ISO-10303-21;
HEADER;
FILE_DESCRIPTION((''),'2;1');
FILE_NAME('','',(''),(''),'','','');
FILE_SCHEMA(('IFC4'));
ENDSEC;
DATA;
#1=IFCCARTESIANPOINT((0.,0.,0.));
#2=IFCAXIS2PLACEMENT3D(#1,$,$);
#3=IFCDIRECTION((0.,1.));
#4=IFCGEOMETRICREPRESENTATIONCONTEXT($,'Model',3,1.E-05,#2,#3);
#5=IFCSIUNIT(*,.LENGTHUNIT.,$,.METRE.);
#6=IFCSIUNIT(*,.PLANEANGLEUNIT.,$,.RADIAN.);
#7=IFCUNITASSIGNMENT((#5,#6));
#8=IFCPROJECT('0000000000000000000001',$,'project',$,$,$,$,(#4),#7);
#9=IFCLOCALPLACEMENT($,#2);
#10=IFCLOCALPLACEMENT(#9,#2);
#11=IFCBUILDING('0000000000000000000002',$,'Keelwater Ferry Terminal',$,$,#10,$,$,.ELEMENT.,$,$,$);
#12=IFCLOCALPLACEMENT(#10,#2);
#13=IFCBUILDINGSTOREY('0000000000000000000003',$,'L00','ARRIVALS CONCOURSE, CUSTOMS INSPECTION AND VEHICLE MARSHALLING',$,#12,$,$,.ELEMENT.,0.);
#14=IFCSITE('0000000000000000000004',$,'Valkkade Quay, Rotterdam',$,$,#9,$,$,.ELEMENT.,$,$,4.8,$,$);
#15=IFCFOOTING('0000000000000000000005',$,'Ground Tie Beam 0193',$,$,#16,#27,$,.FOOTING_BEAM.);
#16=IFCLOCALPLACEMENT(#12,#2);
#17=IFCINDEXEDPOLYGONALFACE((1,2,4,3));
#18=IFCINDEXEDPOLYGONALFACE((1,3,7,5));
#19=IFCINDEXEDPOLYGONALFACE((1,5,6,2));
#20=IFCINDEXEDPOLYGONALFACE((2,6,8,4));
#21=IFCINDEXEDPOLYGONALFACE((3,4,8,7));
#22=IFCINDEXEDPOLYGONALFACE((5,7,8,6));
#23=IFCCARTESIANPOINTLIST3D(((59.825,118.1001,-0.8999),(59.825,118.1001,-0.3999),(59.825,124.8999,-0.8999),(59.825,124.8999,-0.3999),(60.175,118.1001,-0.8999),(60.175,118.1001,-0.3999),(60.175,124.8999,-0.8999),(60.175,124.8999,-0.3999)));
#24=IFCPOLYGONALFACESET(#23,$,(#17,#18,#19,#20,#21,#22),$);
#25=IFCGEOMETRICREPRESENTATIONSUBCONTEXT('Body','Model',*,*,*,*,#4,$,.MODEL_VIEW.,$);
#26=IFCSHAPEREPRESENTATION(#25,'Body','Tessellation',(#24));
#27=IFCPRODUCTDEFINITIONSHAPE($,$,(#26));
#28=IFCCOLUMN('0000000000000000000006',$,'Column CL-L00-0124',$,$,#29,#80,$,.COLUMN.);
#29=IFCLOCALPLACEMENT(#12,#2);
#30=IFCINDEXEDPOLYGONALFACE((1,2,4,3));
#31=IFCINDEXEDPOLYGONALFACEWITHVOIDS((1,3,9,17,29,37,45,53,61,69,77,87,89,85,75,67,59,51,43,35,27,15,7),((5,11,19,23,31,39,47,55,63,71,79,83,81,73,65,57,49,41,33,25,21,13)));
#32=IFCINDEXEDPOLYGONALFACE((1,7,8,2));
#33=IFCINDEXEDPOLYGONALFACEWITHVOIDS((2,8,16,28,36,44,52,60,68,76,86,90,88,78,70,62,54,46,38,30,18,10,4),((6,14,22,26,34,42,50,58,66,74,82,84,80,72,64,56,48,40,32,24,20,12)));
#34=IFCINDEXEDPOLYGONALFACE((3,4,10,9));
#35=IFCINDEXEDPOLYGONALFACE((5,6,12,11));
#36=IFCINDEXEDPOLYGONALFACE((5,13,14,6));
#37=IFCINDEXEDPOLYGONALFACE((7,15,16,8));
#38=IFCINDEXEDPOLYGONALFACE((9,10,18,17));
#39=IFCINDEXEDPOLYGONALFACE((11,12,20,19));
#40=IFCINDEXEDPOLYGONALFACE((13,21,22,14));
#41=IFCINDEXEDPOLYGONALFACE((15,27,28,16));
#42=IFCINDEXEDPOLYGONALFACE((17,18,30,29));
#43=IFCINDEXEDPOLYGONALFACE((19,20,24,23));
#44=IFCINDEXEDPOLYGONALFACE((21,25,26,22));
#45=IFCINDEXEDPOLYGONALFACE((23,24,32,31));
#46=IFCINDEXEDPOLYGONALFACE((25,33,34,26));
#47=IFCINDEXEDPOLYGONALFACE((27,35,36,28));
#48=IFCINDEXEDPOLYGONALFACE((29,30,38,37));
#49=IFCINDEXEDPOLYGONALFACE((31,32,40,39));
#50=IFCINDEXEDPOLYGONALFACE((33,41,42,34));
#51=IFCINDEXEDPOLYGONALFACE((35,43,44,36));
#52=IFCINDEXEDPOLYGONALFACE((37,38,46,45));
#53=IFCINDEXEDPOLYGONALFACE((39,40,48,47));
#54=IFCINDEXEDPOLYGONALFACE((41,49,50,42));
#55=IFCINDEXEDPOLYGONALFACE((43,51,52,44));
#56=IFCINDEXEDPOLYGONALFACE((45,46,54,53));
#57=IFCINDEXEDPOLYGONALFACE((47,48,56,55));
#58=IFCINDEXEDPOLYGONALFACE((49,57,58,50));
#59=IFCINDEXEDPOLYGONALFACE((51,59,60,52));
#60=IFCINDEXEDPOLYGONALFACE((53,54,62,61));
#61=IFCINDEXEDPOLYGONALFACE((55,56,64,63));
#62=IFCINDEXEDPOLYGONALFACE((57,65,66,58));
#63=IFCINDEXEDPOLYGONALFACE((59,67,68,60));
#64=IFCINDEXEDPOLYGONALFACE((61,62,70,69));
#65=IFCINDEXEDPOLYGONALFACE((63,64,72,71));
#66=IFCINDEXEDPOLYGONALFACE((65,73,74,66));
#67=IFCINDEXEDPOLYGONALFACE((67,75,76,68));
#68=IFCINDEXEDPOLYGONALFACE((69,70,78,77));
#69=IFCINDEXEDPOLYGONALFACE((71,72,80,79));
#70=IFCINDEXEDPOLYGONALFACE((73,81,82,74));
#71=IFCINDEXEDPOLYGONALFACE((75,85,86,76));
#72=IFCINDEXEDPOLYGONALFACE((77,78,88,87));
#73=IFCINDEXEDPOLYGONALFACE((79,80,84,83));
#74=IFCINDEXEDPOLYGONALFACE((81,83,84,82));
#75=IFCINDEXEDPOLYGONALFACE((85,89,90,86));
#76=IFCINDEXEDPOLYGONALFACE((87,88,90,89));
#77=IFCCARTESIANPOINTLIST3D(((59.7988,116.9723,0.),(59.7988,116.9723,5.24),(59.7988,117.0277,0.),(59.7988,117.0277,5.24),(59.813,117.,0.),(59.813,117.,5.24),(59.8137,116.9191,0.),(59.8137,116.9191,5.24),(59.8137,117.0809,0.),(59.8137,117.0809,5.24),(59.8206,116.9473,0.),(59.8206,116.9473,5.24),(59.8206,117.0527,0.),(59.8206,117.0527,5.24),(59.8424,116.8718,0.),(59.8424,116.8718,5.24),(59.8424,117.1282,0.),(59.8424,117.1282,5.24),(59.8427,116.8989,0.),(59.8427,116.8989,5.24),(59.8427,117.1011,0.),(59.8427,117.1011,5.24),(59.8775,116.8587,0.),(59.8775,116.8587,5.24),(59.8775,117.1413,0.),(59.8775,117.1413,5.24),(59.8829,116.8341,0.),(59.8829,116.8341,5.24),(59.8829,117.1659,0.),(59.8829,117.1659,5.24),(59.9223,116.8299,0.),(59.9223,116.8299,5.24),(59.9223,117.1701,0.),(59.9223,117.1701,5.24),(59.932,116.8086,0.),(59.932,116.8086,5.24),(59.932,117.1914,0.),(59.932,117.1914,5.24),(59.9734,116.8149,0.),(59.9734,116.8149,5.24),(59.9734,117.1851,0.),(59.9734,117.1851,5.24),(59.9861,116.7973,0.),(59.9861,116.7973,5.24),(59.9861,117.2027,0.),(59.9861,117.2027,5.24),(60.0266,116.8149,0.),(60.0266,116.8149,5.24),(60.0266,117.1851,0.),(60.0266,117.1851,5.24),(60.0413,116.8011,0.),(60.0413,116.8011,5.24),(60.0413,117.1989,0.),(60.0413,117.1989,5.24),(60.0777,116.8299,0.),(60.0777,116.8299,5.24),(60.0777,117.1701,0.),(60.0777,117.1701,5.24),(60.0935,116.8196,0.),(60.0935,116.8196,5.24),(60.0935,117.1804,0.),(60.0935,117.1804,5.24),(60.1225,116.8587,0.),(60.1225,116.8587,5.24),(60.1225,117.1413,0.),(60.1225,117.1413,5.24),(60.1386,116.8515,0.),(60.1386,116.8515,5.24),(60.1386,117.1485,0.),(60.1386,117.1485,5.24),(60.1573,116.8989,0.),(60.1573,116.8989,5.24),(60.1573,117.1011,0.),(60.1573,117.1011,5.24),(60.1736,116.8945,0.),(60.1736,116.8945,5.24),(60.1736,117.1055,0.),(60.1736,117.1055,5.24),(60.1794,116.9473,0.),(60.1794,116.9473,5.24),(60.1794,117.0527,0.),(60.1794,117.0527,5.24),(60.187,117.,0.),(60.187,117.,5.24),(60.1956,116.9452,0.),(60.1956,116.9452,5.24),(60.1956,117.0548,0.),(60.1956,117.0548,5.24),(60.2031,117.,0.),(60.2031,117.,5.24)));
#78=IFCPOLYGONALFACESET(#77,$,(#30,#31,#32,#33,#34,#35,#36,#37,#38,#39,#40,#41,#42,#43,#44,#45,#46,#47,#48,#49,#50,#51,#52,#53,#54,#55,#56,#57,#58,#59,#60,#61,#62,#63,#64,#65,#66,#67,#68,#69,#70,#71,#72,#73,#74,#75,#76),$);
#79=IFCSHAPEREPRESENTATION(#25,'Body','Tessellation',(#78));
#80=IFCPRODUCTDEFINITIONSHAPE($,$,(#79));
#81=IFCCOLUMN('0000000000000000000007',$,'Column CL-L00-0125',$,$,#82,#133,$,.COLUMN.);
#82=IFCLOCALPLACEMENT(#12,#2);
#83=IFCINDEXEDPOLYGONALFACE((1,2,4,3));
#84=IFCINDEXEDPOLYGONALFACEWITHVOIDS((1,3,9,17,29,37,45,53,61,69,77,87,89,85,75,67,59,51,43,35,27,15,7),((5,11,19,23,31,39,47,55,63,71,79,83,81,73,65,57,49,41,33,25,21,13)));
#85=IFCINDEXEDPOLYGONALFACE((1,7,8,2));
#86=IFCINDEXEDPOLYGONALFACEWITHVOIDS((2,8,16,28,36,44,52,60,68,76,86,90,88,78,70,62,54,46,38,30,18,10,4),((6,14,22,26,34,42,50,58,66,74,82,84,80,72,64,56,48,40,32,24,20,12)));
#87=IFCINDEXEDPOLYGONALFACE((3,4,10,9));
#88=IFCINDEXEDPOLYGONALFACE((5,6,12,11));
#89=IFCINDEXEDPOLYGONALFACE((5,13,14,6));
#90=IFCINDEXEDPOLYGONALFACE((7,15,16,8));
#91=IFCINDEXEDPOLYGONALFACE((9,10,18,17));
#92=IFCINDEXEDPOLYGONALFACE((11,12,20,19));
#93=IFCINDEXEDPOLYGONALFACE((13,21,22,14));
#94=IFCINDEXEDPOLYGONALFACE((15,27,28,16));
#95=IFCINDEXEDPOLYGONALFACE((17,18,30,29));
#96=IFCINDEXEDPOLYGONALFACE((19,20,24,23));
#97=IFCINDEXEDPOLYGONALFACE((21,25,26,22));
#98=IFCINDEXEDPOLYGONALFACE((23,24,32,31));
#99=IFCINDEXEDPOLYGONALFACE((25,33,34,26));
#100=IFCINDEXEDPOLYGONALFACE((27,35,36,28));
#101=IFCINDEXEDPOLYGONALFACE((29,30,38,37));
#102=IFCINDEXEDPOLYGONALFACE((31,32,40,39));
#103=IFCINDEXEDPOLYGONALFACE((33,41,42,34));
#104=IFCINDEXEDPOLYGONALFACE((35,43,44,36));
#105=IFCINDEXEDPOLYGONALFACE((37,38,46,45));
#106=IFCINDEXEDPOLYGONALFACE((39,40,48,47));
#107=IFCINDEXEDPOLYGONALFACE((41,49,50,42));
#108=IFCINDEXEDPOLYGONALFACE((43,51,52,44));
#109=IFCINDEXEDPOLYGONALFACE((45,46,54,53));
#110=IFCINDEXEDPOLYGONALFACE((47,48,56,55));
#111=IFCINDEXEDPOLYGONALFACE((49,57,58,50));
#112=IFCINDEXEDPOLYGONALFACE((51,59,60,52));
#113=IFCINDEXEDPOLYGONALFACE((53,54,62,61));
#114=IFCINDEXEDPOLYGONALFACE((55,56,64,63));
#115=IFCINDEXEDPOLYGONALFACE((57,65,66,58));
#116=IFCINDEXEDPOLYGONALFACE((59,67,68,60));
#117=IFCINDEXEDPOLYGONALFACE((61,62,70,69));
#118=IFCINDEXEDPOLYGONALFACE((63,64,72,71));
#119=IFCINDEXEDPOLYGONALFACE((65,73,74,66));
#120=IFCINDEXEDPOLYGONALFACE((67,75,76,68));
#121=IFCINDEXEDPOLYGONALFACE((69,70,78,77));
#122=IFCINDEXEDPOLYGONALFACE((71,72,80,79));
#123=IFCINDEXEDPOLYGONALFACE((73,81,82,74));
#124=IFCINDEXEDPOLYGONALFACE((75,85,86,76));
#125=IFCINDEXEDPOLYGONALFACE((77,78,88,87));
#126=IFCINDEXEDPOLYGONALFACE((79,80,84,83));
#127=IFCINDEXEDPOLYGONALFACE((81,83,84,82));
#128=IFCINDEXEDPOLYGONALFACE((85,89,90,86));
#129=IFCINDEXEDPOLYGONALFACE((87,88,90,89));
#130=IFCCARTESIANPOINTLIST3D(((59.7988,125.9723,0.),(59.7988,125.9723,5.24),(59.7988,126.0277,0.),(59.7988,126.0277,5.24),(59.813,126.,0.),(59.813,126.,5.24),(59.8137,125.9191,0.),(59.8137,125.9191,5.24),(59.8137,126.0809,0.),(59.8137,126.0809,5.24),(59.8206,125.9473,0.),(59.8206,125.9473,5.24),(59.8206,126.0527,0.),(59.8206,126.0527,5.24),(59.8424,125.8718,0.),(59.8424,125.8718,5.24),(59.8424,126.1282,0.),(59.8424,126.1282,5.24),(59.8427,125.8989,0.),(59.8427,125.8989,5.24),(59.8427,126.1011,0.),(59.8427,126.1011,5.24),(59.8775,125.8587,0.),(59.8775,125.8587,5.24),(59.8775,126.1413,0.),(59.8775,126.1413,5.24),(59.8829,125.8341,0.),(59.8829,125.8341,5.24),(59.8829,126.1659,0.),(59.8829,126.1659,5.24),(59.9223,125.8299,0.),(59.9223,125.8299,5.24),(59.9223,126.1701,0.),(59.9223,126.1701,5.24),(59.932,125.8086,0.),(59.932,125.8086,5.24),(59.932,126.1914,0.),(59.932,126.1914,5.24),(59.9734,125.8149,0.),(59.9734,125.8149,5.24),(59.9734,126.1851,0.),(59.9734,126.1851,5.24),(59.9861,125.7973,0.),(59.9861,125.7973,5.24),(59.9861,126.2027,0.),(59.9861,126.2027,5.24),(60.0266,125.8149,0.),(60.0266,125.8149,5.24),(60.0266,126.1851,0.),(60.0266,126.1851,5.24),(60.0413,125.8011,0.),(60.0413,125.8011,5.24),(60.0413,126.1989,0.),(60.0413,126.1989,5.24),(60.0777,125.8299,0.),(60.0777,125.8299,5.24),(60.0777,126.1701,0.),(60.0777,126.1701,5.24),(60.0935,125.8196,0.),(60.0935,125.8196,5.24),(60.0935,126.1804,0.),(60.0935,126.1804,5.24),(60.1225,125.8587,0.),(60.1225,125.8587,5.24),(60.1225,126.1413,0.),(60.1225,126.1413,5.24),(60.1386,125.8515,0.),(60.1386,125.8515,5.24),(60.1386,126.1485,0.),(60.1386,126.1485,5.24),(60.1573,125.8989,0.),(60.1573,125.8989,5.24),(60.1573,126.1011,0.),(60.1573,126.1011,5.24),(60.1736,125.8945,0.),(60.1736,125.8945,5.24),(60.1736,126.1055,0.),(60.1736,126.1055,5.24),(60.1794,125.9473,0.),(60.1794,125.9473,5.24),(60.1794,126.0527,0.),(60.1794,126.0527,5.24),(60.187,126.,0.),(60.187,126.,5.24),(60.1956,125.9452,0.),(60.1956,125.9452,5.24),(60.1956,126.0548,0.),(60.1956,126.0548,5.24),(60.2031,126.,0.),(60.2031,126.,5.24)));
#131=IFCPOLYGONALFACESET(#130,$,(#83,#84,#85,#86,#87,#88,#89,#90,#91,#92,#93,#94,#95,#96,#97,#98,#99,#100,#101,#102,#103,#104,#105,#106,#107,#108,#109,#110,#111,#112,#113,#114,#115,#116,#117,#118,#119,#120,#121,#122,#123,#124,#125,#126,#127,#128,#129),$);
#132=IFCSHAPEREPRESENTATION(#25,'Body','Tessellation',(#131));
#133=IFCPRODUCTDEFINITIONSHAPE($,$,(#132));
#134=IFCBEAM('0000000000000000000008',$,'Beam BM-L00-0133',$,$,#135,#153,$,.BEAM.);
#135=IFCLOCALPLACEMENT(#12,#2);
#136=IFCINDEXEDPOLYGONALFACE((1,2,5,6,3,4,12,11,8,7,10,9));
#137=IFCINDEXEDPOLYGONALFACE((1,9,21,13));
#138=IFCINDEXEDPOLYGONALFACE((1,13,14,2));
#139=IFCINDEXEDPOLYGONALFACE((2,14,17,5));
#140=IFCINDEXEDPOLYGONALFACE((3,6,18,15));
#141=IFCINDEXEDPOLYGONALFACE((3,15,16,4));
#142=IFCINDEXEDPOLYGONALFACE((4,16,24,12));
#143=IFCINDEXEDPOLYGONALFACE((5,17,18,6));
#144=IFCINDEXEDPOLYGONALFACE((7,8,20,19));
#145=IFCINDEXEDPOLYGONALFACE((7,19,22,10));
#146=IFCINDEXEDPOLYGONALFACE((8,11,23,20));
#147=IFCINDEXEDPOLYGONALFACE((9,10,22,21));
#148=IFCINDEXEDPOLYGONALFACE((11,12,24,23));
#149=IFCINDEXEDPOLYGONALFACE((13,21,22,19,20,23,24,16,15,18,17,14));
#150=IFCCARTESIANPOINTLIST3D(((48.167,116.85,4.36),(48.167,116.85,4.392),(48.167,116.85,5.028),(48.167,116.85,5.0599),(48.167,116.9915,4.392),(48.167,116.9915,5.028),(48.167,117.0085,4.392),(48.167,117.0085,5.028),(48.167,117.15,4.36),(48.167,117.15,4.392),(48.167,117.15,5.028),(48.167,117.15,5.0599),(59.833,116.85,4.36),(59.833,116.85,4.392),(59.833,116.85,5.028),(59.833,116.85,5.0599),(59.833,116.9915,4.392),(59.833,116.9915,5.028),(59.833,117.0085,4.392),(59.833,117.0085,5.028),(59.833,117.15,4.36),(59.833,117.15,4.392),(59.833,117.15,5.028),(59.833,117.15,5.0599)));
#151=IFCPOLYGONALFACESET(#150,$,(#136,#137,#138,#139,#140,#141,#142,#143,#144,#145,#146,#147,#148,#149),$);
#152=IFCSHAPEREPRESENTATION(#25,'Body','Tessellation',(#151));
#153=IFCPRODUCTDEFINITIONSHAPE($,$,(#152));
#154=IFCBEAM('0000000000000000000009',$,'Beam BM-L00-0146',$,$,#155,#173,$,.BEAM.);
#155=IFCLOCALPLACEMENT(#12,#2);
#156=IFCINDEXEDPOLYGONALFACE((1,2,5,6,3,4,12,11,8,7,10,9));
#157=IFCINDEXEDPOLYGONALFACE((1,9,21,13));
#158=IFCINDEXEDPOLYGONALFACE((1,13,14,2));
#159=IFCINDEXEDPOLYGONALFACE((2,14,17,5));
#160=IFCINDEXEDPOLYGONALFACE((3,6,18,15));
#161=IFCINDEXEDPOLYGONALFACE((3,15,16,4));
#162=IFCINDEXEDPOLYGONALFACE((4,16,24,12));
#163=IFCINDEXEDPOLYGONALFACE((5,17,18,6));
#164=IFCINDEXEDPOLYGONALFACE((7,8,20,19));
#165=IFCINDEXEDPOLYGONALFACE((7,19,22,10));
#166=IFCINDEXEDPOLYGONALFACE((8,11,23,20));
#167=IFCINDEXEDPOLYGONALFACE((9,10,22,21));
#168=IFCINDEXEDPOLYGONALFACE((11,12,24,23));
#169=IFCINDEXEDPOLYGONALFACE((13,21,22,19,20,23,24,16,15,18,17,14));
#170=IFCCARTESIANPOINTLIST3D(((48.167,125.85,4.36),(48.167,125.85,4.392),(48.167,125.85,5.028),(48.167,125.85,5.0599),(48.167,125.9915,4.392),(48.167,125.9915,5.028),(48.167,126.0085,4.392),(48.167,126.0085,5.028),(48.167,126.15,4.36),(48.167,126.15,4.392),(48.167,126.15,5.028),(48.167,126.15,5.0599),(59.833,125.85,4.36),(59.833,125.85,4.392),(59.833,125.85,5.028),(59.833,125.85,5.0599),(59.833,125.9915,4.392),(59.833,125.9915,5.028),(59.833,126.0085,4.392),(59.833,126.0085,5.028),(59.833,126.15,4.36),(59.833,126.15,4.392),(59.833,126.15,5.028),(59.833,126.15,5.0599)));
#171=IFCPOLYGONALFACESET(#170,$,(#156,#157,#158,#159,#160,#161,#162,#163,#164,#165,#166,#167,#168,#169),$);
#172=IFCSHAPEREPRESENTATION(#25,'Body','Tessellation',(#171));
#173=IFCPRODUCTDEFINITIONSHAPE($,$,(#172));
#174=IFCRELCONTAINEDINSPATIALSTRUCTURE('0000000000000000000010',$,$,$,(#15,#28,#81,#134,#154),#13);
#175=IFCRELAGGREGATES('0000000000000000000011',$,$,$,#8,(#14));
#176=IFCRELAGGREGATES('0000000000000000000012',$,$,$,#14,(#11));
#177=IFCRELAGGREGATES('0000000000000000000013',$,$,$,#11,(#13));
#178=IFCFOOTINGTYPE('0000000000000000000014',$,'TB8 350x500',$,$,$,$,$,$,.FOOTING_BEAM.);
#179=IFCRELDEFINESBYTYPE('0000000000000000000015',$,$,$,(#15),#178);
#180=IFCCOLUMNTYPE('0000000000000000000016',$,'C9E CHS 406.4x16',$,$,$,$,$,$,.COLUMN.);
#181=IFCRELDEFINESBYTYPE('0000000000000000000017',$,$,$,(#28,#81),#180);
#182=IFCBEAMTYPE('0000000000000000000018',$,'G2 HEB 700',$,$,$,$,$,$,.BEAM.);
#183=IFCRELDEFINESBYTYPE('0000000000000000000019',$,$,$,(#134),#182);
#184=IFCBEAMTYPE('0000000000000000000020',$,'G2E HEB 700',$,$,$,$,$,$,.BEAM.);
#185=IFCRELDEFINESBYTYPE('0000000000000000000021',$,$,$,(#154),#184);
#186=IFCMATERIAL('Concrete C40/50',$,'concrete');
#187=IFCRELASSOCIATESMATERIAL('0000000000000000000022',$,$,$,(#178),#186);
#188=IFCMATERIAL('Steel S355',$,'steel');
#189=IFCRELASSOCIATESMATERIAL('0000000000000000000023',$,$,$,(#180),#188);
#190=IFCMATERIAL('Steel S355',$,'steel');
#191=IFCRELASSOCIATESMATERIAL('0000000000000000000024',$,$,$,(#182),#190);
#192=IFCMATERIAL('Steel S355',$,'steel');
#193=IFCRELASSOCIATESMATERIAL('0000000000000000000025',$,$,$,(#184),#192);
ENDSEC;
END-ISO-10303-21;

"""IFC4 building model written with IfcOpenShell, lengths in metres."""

from ifc_helpers import new_model, si_unit, direction, frame, origin, origin_2d, place, context, subcontext, project, spatial, rectangle, hollow_circle, i_section, extrude, material, material_profile, profile_set, type_object, element, save


model = new_model("IFC4")

# Units and contexts
model_context = context("Model", 3, precision=1e-05, world=origin(), true_north=direction((0.0, 1.0)))
body_context = subcontext(model_context, "Body", "Model", "MODEL_VIEW")
ifc_project = project(units=[si_unit("LENGTHUNIT", "METRE"), si_unit("PLANEANGLEUNIT", "RADIAN")], contexts=[model_context])

# Site, building, storey
site_placement = place(None, origin())
site = spatial("IfcSite", under=ifc_project, at=site_placement, Name="Valkkade Quay, Rotterdam", CompositionType="ELEMENT", RefElevation=4.8)
building_placement = place(site_placement, origin())
building = spatial("IfcBuilding", under=site, at=building_placement, Name="Keelwater Ferry Terminal", CompositionType="ELEMENT")
storey_placement = place(building_placement, origin())
storey = spatial("IfcBuildingStorey", under=building, at=storey_placement, Name="L00", Description="ARRIVALS CONCOURSE, CUSTOMS INSPECTION AND VEHICLE MARSHALLING", CompositionType="ELEMENT", Elevation=0.0)

# Footing
ifc_material_1 = material(Name="Concrete C40/50", Category="concrete")
ifc_material_profile_1 = material_profile(ifc_material_1, rectangle(XDim=0.3501, YDim=0.5, at=origin_2d()), Name="TB 350x500")
ifc_profile_set_1 = profile_set([ifc_material_profile_1], Name="Concrete C40/50")
footing_type_1 = type_object("IfcFootingType", Name="TB8 350x500", PredefinedType="FOOTING_BEAM", material=ifc_profile_set_1)
for number, where, z_axis, x_axis, name in (
    (1, (60.0, 118.1001, -0.6499), (0.0, 1.0, 0.0), (-1.0, 0.0, 0.0), "Ground Tie Beam 0193"),
):
    element("IfcFooting", number, at=place(storey_placement, frame(where, z_axis=z_axis, x_axis=x_axis)), inside=storey, type_object=footing_type_1, Name=name, PredefinedType="FOOTING_BEAM", context=body_context, shape_type="SweptSolid", body=[
        extrude(rectangle(XDim=0.3501, YDim=0.5, at=origin_2d()), origin(), (0.0, 0.0, 1.0), 6.7998),
    ])

# Columns
ifc_material_2 = material(Name="Steel S355", Category="steel")
ifc_material_profile_2 = material_profile(ifc_material_2, hollow_circle(Radius=0.2031, WallThickness=0.0161, at=origin_2d()), Name="CHS 406.4x16")
ifc_profile_set_2 = profile_set([ifc_material_profile_2], Name="Steel S355")
column_type = type_object("IfcColumnType", Name="C9E CHS 406.4x16", PredefinedType="COLUMN", material=ifc_profile_set_2)
for number, where, z_axis, x_axis, name in (
    (2, (60.0, 117.0, 0.0), (0.0, 0.0, 1.0), (1.0, 0.0, 0.0), "Column CL-L00-0124"),
    (3, (60.0, 126.0, 0.0), (0.0, 0.0, 1.0), (1.0, 0.0, 0.0), "Column CL-L00-0125"),
):
    element("IfcColumn", number, at=place(storey_placement, frame(where, z_axis=z_axis, x_axis=x_axis)), inside=storey, type_object=column_type, Name=name, PredefinedType="COLUMN", context=body_context, shape_type="SweptSolid", body=[
        extrude(hollow_circle(Radius=0.2031, WallThickness=0.0161, at=origin_2d()), origin(), (0.0, 0.0, 1.0), 5.24),
    ])

# Beams
ifc_material_3 = material(Name="Steel S355", Category="steel")
ifc_material_profile_3 = material_profile(ifc_material_3, i_section(OverallWidth=0.3, OverallDepth=0.7, WebThickness=0.0171, FlangeThickness=0.032, at=origin_2d()), Name="HEB 700")
ifc_profile_set_3 = profile_set([ifc_material_profile_3], Name="Steel S355")
beam_type_1 = type_object("IfcBeamType", Name="G2 HEB 700", PredefinedType="BEAM", material=ifc_profile_set_3)
beam_1_placement = place(storey_placement, frame((48.167, 117.0, 4.71), z_axis=(1.0, 0.0, 0.0), x_axis=(0.0, 1.0, 0.0)))
element("IfcBeam", 4, at=beam_1_placement, inside=storey, type_object=beam_type_1, Name="Beam BM-L00-0133", PredefinedType="BEAM", context=body_context, shape_type="SweptSolid", body=[
    extrude(i_section(OverallWidth=0.3, OverallDepth=0.7, WebThickness=0.0171, FlangeThickness=0.032, at=origin_2d()), origin(), (0.0, 0.0, 1.0), 11.666),
])
ifc_material_4 = material(Name="Steel S355", Category="steel")
ifc_material_profile_4 = material_profile(ifc_material_4, i_section(OverallWidth=0.3, OverallDepth=0.7, WebThickness=0.0171, FlangeThickness=0.032, at=origin_2d()), Name="HEB 700")
ifc_profile_set_4 = profile_set([ifc_material_profile_4], Name="Steel S355")
beam_type_2 = type_object("IfcBeamType", Name="G2E HEB 700", PredefinedType="BEAM", material=ifc_profile_set_4)
beam_2_placement = place(storey_placement, frame((48.167, 126.0, 4.71), z_axis=(1.0, 0.0, 0.0), x_axis=(0.0, 1.0, 0.0)))
element("IfcBeam", 5, at=beam_2_placement, inside=storey, type_object=beam_type_2, Name="Beam BM-L00-0146", PredefinedType="BEAM", context=body_context, shape_type="SweptSolid", body=[
    extrude(i_section(OverallWidth=0.3, OverallDepth=0.7, WebThickness=0.0171, FlangeThickness=0.032, at=origin_2d()), origin(), (0.0, 0.0, 1.0), 11.666),
])

save(model, "model.ifc")
